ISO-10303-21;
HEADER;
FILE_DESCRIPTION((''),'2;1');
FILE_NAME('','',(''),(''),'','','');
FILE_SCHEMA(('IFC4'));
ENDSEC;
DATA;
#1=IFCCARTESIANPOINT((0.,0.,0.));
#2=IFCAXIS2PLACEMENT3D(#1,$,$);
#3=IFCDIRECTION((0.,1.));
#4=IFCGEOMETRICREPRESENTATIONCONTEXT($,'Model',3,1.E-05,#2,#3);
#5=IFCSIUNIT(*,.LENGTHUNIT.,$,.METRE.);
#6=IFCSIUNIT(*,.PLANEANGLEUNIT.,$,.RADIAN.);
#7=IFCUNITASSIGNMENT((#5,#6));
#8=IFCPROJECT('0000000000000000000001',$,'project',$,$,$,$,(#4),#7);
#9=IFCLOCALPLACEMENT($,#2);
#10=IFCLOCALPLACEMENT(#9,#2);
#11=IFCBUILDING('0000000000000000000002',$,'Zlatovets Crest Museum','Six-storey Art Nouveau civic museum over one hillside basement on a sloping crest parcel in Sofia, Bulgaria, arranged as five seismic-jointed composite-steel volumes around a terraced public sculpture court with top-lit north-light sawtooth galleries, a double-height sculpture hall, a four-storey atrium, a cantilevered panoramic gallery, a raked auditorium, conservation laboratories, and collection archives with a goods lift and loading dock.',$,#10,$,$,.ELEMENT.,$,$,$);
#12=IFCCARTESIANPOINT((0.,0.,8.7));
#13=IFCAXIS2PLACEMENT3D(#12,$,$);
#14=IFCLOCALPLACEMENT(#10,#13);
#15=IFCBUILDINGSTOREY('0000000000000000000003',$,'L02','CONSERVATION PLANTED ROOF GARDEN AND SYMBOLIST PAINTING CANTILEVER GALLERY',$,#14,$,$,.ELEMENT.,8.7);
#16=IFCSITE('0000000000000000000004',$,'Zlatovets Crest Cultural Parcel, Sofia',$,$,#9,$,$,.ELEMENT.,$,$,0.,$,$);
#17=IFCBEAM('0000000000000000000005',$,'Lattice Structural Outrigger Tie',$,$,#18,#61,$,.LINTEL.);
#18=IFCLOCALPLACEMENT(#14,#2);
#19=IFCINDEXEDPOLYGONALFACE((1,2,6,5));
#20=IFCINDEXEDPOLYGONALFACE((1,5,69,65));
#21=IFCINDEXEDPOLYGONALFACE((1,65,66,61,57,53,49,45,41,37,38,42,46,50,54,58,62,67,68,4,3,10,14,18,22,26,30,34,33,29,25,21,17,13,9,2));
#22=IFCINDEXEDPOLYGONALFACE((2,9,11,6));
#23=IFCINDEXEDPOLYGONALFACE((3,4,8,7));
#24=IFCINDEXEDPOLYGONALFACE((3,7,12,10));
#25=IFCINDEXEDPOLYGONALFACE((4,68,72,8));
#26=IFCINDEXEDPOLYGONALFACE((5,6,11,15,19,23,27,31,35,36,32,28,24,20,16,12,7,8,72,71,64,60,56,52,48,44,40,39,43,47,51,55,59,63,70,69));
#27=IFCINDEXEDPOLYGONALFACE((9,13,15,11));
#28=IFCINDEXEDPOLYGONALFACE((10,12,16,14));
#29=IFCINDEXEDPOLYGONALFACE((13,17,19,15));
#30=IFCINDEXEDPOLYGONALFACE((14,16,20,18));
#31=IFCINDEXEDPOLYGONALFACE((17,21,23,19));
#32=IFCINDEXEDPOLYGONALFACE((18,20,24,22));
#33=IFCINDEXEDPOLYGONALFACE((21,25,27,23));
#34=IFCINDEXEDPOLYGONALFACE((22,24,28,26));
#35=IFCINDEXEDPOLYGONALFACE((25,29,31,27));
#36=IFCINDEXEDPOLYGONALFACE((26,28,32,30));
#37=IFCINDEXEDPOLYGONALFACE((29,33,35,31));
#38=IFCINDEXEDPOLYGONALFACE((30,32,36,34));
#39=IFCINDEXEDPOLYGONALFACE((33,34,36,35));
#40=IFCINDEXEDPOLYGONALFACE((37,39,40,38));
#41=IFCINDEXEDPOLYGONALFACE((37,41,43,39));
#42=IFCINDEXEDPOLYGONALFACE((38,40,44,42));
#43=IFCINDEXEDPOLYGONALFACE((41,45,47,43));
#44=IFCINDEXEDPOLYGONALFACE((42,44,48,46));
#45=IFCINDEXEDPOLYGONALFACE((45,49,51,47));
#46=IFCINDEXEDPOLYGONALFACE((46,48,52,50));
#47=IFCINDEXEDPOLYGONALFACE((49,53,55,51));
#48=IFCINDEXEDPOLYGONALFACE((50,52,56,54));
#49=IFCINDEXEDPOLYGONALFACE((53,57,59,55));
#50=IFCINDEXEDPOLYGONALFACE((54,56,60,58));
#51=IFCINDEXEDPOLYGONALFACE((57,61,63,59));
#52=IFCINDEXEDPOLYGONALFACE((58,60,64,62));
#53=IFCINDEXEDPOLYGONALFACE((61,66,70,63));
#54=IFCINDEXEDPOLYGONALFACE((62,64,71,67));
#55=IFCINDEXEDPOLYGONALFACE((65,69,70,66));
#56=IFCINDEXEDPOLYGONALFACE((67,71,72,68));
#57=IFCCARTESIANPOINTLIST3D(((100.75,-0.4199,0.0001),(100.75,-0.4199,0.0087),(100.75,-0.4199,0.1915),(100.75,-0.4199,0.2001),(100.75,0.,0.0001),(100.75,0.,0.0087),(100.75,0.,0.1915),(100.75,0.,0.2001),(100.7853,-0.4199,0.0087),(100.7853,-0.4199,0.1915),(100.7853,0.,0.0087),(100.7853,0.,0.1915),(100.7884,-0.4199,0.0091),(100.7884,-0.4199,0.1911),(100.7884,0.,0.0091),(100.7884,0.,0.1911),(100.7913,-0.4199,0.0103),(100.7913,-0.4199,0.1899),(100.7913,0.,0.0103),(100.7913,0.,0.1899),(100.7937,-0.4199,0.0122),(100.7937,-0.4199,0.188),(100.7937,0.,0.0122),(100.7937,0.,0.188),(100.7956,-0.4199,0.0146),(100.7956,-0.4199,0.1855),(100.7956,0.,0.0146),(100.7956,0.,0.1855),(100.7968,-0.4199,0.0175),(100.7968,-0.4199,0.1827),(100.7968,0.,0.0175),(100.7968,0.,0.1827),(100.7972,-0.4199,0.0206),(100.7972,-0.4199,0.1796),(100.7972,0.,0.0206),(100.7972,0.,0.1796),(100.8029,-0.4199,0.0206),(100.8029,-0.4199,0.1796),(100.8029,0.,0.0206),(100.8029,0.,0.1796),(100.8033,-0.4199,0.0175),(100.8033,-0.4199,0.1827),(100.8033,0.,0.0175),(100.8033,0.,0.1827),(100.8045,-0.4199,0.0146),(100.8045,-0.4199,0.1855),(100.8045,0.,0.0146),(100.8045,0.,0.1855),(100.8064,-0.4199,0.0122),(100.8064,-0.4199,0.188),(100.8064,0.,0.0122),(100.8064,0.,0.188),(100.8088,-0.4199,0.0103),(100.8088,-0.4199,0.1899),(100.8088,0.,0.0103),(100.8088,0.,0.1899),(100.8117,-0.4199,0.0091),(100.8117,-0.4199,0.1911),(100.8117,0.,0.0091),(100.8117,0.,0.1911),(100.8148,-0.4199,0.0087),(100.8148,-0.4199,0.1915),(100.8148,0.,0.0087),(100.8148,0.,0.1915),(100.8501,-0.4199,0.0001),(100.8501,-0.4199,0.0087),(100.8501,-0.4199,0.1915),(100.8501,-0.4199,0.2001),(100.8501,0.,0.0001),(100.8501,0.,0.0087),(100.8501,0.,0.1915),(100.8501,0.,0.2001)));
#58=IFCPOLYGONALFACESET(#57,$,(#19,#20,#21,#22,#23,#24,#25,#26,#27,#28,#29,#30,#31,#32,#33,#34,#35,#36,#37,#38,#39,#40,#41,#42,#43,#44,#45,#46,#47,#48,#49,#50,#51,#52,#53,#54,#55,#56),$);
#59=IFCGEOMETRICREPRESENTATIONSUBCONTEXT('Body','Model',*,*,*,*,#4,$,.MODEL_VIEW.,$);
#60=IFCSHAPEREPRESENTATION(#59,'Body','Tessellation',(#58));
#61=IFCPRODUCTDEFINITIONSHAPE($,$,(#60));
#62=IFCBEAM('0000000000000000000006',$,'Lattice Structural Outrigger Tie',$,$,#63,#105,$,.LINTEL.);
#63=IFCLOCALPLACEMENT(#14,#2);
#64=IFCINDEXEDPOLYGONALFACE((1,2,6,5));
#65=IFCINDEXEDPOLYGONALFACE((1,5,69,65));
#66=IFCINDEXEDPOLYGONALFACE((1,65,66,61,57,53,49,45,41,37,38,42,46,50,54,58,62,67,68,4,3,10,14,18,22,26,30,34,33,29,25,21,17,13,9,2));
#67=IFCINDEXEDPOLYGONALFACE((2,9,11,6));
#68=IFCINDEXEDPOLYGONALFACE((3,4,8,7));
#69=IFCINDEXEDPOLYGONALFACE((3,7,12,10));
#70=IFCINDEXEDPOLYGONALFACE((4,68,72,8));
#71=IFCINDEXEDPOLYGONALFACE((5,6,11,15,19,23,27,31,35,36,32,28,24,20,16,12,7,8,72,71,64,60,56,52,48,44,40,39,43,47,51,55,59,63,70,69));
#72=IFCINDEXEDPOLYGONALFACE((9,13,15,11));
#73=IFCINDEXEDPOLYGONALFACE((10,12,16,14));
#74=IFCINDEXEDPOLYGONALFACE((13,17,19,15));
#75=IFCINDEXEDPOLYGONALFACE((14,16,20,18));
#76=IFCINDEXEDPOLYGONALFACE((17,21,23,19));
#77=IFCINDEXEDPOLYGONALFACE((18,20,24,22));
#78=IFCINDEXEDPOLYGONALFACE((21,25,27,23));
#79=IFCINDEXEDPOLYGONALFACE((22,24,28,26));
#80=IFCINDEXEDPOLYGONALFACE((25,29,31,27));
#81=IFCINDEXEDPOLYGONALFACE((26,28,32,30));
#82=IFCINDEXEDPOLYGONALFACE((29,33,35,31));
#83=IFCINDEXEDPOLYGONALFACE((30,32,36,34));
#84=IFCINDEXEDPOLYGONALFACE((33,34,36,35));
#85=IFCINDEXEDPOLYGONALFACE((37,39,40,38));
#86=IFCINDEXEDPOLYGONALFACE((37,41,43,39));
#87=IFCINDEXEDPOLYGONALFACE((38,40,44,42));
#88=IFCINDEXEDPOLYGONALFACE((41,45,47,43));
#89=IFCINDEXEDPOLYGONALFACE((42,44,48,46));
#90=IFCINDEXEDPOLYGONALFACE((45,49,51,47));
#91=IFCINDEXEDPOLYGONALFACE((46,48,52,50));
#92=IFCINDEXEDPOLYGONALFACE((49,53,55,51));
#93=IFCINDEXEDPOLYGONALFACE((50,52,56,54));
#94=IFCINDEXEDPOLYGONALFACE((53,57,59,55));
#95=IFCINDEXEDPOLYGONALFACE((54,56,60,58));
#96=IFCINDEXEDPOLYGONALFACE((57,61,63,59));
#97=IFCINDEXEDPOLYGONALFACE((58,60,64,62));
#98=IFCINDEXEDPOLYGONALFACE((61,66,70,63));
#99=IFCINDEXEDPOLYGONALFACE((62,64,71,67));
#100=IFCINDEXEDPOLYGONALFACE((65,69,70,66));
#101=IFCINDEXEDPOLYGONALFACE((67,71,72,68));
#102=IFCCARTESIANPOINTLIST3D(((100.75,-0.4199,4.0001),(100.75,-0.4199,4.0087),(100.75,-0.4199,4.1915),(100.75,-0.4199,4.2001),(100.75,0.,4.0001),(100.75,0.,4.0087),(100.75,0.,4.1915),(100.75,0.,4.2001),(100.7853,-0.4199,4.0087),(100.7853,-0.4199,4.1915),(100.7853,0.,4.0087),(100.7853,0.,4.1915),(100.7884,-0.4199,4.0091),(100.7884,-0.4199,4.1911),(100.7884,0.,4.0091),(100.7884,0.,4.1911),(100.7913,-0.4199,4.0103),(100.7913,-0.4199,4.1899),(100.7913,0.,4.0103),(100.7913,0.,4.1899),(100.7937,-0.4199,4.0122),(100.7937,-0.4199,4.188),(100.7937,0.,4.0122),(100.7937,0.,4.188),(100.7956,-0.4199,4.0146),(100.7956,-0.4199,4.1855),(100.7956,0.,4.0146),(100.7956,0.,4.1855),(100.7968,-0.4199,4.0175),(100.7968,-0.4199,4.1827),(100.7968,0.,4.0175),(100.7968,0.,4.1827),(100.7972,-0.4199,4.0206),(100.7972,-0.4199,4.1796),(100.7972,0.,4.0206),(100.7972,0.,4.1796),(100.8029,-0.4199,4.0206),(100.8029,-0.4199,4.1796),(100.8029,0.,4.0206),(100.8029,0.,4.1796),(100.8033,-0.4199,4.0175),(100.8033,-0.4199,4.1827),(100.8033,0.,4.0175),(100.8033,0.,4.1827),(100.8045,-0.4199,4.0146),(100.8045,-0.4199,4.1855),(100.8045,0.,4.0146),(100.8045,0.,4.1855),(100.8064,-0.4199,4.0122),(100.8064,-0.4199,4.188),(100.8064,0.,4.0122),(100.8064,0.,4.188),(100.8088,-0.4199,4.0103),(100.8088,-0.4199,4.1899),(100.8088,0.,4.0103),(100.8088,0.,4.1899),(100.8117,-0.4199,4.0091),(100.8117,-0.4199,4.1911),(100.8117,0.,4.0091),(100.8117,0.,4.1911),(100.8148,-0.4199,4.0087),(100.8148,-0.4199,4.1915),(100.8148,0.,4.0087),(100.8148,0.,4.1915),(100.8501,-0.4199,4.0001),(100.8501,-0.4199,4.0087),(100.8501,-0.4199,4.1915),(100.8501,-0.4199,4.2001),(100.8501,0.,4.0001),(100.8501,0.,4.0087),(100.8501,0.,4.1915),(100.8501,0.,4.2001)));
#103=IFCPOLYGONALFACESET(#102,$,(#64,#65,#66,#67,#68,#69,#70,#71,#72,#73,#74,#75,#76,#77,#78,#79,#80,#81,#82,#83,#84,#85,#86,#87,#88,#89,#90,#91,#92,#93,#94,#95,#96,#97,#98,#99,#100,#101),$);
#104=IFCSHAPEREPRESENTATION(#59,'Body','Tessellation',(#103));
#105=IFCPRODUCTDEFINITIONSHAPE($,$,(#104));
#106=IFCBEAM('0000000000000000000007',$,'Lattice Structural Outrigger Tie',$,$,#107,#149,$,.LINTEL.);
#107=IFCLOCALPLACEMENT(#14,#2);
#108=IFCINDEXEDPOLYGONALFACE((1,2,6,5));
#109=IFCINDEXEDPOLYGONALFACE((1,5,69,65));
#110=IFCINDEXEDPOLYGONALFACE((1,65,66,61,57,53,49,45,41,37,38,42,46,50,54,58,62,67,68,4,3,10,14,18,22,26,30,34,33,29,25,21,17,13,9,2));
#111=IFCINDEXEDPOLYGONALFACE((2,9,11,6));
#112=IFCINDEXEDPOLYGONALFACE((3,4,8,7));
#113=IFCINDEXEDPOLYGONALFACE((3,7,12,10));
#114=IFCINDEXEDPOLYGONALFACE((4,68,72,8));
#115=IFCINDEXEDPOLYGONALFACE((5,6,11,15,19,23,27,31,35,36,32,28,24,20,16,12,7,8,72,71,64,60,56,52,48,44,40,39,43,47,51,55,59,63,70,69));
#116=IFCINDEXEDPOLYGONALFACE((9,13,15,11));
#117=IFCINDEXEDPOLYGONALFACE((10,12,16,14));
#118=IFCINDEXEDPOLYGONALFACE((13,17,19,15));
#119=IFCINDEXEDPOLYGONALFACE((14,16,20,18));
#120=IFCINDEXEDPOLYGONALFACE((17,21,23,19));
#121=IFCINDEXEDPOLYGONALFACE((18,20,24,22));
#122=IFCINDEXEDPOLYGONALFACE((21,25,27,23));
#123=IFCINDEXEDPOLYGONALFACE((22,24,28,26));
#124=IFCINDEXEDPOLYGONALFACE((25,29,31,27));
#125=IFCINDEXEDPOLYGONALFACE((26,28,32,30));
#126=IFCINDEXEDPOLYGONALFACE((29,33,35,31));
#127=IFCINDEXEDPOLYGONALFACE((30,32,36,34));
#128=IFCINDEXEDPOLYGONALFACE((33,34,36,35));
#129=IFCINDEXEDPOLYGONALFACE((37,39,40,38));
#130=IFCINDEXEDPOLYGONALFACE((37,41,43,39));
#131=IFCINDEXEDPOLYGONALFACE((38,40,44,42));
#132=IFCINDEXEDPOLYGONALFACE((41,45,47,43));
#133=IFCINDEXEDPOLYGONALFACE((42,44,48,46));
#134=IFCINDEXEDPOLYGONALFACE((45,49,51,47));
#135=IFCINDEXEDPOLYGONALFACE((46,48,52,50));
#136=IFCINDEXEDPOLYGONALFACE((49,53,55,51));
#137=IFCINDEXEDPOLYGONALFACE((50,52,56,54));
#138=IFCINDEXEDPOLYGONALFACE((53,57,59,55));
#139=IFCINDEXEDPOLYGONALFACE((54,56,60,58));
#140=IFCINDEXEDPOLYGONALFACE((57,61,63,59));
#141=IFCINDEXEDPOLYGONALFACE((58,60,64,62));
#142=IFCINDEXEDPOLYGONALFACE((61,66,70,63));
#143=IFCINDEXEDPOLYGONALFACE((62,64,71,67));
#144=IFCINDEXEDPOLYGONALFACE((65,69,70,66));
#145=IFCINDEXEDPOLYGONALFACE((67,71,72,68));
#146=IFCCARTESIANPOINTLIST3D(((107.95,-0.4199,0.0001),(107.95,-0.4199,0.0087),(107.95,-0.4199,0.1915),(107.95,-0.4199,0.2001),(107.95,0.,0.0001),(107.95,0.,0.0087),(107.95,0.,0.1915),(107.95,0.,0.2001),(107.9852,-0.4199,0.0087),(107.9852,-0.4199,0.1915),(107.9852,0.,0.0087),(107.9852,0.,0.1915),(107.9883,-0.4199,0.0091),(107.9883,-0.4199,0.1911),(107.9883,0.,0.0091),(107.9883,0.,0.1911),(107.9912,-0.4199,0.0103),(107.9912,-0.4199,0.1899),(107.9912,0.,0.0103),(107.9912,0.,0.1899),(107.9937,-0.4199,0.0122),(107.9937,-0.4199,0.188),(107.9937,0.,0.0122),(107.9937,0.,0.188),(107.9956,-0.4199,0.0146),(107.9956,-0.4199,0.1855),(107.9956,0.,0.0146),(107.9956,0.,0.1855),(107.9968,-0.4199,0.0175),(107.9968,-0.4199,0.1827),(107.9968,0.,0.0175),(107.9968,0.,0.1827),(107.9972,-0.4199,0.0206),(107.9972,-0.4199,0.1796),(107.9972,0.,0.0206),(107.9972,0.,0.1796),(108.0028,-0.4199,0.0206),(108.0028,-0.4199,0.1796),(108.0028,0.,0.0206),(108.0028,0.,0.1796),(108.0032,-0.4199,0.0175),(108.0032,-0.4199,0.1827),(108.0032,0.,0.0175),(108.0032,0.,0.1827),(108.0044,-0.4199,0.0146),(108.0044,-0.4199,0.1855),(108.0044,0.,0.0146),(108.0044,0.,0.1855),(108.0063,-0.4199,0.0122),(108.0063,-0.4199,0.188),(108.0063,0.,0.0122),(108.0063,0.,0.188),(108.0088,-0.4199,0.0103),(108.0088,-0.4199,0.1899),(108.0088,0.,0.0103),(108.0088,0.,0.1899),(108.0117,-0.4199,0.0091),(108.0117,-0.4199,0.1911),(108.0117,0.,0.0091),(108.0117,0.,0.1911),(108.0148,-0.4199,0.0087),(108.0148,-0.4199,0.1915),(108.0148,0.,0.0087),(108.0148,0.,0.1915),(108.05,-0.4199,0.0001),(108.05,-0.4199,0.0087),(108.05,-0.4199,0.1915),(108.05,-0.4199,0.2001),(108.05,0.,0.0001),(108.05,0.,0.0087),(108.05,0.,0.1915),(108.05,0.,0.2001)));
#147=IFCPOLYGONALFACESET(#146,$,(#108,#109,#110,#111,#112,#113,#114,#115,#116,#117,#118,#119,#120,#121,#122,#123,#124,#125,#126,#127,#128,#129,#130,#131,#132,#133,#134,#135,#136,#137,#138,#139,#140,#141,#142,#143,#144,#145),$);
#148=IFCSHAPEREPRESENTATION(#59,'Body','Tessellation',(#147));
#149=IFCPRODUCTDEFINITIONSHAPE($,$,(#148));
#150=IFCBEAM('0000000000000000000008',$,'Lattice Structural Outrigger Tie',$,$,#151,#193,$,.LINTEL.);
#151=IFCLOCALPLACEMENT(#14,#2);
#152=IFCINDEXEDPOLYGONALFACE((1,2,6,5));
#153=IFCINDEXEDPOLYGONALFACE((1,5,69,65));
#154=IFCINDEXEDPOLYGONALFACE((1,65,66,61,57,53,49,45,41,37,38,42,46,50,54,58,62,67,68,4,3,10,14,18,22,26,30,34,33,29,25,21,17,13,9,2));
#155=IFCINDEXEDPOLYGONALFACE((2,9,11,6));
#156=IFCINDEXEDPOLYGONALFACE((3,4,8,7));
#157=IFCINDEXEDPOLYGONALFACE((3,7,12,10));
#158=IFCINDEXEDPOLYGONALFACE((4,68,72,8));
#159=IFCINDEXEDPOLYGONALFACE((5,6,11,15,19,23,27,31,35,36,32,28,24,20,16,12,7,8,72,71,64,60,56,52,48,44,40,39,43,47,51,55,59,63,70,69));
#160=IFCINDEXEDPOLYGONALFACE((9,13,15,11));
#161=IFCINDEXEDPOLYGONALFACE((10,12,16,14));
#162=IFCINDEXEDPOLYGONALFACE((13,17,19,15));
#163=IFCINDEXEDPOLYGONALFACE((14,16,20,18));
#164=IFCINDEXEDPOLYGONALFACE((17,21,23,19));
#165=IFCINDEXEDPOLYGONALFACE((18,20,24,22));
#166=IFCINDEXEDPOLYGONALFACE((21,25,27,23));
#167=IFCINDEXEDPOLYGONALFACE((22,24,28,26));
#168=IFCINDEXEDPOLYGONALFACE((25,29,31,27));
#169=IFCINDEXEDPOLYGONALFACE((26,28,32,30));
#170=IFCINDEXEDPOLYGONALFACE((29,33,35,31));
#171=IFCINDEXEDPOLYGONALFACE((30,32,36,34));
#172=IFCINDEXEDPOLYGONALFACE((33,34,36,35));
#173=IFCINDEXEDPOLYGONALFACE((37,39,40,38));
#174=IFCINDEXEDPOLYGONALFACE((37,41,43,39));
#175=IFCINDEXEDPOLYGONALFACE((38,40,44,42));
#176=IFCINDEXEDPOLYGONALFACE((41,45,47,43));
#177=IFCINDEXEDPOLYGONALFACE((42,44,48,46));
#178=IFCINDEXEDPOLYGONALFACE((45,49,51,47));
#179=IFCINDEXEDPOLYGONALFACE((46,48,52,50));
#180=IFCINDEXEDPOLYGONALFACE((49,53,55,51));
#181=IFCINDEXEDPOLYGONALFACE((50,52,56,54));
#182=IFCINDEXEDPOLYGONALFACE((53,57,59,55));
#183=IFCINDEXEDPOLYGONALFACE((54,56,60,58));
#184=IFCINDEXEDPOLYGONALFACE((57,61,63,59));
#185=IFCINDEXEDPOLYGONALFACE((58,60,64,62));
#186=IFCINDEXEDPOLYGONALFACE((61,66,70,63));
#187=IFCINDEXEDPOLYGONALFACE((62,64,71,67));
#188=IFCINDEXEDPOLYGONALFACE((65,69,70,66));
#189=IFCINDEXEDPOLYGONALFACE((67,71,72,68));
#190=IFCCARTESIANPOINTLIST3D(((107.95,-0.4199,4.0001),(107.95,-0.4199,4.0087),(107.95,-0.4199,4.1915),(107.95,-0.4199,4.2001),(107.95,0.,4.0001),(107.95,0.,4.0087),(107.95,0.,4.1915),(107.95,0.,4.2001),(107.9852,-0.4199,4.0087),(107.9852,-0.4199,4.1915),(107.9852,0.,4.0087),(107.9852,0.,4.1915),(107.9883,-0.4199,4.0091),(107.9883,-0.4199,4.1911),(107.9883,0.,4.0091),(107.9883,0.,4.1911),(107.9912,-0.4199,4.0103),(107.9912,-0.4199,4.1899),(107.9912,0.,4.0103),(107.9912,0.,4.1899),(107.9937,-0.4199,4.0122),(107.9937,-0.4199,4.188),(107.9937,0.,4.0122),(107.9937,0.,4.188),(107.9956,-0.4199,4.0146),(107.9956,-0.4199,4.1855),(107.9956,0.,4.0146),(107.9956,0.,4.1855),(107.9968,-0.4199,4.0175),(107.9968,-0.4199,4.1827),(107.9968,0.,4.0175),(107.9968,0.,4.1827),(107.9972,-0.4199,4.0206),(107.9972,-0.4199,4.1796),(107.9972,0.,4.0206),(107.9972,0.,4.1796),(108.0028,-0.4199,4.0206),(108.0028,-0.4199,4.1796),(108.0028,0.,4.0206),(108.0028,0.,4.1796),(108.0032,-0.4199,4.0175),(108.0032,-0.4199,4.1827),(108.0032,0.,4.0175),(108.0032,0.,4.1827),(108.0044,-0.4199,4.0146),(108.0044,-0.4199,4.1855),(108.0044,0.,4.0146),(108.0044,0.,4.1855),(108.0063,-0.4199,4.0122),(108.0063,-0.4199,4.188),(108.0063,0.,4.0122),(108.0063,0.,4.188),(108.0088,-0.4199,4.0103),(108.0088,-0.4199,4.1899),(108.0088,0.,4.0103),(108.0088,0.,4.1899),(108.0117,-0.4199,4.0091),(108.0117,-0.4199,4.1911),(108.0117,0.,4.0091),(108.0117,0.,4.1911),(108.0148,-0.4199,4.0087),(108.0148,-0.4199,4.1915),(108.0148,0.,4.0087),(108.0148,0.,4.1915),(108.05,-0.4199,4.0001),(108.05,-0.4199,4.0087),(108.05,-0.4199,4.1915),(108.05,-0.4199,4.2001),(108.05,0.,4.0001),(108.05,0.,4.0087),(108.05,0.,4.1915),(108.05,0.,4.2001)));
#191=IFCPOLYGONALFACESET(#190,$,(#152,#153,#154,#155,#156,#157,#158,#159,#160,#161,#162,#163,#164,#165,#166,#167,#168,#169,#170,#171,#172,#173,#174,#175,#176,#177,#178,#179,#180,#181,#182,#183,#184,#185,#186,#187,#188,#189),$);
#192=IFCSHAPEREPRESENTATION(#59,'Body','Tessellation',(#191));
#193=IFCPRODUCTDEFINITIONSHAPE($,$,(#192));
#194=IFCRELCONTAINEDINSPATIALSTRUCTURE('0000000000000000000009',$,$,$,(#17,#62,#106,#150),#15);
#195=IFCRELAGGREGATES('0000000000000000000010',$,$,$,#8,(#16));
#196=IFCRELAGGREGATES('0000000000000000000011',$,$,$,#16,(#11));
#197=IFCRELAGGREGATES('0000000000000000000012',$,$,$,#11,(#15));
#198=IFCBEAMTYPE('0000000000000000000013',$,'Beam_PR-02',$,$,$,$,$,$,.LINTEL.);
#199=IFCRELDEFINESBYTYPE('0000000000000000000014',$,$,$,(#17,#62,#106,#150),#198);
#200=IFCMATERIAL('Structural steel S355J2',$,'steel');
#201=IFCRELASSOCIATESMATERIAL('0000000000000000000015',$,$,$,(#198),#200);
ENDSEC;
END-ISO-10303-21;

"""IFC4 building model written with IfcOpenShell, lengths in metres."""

from ifc_helpers import new_model, si_unit, direction, frame, origin, origin_2d, place, context, subcontext, project, spatial, i_section, extrude, material, material_profile, profile_set, type_object, element, save


model = new_model("IFC4")

# Units and contexts
model_context = context("Model", 3, precision=1e-05, world=origin(), true_north=direction((0.0, 1.0)))
body_context = subcontext(model_context, "Body", "Model", "MODEL_VIEW")
ifc_project = project(units=[si_unit("LENGTHUNIT", "METRE"), si_unit("PLANEANGLEUNIT", "RADIAN")], contexts=[model_context])

# Site, building, storey
site_placement = place(None, origin())
site = spatial("IfcSite", under=ifc_project, at=site_placement, Name="Zlatovets Crest Cultural Parcel, Sofia", CompositionType="ELEMENT", RefElevation=0.0)
building_placement = place(site_placement, origin())
building = spatial("IfcBuilding", under=site, at=building_placement, Name="Zlatovets Crest Museum", Description="Six-storey Art Nouveau civic museum over one hillside basement on a sloping crest parcel in Sofia, Bulgaria, arranged as five seismic-jointed composite-steel volumes around a terraced public sculpture court with top-lit north-light sawtooth galleries, a double-height sculpture hall, a four-storey atrium, a cantilevered panoramic gallery, a raked auditorium, conservation laboratories, and collection archives with a goods lift and loading dock.", CompositionType="ELEMENT")
storey_placement = place(building_placement, frame((0.0, 0.0, 8.7)))
storey = spatial("IfcBuildingStorey", under=building, at=storey_placement, Name="L02", Description="CONSERVATION PLANTED ROOF GARDEN AND SYMBOLIST PAINTING CANTILEVER GALLERY", CompositionType="ELEMENT", Elevation=8.7)

# Shared definitions
ifc_material_1 = material(Name="Structural steel S355J2", Category="steel")

# Beams
ifc_material_profile_1 = material_profile(ifc_material_1, i_section(OverallWidth=0.1001, OverallDepth=0.2, WebThickness=0.0056, FlangeThickness=0.0085, FilletRadius=0.012, at=origin_2d()), Name="IPE 200")
ifc_profile_set_1 = profile_set([ifc_material_profile_1], Name="Structural steel S355J2")
beam_type_1 = type_object("IfcBeamType", Name="Beam_PR-02", PredefinedType="LINTEL", material=ifc_profile_set_1)
for number, where, z_axis, x_axis, name in (
    (1, (100.8, 0.0, 0.1001), (0.0, -1.0, 0.0), (1.0, 0.0, 0.0), "Lattice Structural Outrigger Tie"),
    (2, (100.8, 0.0, 4.1001), (0.0, -1.0, 0.0), (1.0, 0.0, 0.0), "Lattice Structural Outrigger Tie"),
    (3, (108.0, 0.0, 0.1001), (0.0, -1.0, 0.0), (1.0, 0.0, 0.0), "Lattice Structural Outrigger Tie"),
    (4, (108.0, 0.0, 4.1001), (0.0, -1.0, 0.0), (1.0, 0.0, 0.0), "Lattice Structural Outrigger Tie"),
):
    element("IfcBeam", number, at=place(storey_placement, frame(where, z_axis=z_axis, x_axis=x_axis)), inside=storey, type_object=beam_type_1, Name=name, PredefinedType="LINTEL", context=body_context, shape_type="SweptSolid", body=[
        extrude(i_section(OverallWidth=0.1001, OverallDepth=0.2, WebThickness=0.0056, FlangeThickness=0.0085, FilletRadius=0.012, at=origin_2d()), origin(), (0.0, 0.0, 1.0), 0.4199),
    ])

save(model, "model.ifc")
